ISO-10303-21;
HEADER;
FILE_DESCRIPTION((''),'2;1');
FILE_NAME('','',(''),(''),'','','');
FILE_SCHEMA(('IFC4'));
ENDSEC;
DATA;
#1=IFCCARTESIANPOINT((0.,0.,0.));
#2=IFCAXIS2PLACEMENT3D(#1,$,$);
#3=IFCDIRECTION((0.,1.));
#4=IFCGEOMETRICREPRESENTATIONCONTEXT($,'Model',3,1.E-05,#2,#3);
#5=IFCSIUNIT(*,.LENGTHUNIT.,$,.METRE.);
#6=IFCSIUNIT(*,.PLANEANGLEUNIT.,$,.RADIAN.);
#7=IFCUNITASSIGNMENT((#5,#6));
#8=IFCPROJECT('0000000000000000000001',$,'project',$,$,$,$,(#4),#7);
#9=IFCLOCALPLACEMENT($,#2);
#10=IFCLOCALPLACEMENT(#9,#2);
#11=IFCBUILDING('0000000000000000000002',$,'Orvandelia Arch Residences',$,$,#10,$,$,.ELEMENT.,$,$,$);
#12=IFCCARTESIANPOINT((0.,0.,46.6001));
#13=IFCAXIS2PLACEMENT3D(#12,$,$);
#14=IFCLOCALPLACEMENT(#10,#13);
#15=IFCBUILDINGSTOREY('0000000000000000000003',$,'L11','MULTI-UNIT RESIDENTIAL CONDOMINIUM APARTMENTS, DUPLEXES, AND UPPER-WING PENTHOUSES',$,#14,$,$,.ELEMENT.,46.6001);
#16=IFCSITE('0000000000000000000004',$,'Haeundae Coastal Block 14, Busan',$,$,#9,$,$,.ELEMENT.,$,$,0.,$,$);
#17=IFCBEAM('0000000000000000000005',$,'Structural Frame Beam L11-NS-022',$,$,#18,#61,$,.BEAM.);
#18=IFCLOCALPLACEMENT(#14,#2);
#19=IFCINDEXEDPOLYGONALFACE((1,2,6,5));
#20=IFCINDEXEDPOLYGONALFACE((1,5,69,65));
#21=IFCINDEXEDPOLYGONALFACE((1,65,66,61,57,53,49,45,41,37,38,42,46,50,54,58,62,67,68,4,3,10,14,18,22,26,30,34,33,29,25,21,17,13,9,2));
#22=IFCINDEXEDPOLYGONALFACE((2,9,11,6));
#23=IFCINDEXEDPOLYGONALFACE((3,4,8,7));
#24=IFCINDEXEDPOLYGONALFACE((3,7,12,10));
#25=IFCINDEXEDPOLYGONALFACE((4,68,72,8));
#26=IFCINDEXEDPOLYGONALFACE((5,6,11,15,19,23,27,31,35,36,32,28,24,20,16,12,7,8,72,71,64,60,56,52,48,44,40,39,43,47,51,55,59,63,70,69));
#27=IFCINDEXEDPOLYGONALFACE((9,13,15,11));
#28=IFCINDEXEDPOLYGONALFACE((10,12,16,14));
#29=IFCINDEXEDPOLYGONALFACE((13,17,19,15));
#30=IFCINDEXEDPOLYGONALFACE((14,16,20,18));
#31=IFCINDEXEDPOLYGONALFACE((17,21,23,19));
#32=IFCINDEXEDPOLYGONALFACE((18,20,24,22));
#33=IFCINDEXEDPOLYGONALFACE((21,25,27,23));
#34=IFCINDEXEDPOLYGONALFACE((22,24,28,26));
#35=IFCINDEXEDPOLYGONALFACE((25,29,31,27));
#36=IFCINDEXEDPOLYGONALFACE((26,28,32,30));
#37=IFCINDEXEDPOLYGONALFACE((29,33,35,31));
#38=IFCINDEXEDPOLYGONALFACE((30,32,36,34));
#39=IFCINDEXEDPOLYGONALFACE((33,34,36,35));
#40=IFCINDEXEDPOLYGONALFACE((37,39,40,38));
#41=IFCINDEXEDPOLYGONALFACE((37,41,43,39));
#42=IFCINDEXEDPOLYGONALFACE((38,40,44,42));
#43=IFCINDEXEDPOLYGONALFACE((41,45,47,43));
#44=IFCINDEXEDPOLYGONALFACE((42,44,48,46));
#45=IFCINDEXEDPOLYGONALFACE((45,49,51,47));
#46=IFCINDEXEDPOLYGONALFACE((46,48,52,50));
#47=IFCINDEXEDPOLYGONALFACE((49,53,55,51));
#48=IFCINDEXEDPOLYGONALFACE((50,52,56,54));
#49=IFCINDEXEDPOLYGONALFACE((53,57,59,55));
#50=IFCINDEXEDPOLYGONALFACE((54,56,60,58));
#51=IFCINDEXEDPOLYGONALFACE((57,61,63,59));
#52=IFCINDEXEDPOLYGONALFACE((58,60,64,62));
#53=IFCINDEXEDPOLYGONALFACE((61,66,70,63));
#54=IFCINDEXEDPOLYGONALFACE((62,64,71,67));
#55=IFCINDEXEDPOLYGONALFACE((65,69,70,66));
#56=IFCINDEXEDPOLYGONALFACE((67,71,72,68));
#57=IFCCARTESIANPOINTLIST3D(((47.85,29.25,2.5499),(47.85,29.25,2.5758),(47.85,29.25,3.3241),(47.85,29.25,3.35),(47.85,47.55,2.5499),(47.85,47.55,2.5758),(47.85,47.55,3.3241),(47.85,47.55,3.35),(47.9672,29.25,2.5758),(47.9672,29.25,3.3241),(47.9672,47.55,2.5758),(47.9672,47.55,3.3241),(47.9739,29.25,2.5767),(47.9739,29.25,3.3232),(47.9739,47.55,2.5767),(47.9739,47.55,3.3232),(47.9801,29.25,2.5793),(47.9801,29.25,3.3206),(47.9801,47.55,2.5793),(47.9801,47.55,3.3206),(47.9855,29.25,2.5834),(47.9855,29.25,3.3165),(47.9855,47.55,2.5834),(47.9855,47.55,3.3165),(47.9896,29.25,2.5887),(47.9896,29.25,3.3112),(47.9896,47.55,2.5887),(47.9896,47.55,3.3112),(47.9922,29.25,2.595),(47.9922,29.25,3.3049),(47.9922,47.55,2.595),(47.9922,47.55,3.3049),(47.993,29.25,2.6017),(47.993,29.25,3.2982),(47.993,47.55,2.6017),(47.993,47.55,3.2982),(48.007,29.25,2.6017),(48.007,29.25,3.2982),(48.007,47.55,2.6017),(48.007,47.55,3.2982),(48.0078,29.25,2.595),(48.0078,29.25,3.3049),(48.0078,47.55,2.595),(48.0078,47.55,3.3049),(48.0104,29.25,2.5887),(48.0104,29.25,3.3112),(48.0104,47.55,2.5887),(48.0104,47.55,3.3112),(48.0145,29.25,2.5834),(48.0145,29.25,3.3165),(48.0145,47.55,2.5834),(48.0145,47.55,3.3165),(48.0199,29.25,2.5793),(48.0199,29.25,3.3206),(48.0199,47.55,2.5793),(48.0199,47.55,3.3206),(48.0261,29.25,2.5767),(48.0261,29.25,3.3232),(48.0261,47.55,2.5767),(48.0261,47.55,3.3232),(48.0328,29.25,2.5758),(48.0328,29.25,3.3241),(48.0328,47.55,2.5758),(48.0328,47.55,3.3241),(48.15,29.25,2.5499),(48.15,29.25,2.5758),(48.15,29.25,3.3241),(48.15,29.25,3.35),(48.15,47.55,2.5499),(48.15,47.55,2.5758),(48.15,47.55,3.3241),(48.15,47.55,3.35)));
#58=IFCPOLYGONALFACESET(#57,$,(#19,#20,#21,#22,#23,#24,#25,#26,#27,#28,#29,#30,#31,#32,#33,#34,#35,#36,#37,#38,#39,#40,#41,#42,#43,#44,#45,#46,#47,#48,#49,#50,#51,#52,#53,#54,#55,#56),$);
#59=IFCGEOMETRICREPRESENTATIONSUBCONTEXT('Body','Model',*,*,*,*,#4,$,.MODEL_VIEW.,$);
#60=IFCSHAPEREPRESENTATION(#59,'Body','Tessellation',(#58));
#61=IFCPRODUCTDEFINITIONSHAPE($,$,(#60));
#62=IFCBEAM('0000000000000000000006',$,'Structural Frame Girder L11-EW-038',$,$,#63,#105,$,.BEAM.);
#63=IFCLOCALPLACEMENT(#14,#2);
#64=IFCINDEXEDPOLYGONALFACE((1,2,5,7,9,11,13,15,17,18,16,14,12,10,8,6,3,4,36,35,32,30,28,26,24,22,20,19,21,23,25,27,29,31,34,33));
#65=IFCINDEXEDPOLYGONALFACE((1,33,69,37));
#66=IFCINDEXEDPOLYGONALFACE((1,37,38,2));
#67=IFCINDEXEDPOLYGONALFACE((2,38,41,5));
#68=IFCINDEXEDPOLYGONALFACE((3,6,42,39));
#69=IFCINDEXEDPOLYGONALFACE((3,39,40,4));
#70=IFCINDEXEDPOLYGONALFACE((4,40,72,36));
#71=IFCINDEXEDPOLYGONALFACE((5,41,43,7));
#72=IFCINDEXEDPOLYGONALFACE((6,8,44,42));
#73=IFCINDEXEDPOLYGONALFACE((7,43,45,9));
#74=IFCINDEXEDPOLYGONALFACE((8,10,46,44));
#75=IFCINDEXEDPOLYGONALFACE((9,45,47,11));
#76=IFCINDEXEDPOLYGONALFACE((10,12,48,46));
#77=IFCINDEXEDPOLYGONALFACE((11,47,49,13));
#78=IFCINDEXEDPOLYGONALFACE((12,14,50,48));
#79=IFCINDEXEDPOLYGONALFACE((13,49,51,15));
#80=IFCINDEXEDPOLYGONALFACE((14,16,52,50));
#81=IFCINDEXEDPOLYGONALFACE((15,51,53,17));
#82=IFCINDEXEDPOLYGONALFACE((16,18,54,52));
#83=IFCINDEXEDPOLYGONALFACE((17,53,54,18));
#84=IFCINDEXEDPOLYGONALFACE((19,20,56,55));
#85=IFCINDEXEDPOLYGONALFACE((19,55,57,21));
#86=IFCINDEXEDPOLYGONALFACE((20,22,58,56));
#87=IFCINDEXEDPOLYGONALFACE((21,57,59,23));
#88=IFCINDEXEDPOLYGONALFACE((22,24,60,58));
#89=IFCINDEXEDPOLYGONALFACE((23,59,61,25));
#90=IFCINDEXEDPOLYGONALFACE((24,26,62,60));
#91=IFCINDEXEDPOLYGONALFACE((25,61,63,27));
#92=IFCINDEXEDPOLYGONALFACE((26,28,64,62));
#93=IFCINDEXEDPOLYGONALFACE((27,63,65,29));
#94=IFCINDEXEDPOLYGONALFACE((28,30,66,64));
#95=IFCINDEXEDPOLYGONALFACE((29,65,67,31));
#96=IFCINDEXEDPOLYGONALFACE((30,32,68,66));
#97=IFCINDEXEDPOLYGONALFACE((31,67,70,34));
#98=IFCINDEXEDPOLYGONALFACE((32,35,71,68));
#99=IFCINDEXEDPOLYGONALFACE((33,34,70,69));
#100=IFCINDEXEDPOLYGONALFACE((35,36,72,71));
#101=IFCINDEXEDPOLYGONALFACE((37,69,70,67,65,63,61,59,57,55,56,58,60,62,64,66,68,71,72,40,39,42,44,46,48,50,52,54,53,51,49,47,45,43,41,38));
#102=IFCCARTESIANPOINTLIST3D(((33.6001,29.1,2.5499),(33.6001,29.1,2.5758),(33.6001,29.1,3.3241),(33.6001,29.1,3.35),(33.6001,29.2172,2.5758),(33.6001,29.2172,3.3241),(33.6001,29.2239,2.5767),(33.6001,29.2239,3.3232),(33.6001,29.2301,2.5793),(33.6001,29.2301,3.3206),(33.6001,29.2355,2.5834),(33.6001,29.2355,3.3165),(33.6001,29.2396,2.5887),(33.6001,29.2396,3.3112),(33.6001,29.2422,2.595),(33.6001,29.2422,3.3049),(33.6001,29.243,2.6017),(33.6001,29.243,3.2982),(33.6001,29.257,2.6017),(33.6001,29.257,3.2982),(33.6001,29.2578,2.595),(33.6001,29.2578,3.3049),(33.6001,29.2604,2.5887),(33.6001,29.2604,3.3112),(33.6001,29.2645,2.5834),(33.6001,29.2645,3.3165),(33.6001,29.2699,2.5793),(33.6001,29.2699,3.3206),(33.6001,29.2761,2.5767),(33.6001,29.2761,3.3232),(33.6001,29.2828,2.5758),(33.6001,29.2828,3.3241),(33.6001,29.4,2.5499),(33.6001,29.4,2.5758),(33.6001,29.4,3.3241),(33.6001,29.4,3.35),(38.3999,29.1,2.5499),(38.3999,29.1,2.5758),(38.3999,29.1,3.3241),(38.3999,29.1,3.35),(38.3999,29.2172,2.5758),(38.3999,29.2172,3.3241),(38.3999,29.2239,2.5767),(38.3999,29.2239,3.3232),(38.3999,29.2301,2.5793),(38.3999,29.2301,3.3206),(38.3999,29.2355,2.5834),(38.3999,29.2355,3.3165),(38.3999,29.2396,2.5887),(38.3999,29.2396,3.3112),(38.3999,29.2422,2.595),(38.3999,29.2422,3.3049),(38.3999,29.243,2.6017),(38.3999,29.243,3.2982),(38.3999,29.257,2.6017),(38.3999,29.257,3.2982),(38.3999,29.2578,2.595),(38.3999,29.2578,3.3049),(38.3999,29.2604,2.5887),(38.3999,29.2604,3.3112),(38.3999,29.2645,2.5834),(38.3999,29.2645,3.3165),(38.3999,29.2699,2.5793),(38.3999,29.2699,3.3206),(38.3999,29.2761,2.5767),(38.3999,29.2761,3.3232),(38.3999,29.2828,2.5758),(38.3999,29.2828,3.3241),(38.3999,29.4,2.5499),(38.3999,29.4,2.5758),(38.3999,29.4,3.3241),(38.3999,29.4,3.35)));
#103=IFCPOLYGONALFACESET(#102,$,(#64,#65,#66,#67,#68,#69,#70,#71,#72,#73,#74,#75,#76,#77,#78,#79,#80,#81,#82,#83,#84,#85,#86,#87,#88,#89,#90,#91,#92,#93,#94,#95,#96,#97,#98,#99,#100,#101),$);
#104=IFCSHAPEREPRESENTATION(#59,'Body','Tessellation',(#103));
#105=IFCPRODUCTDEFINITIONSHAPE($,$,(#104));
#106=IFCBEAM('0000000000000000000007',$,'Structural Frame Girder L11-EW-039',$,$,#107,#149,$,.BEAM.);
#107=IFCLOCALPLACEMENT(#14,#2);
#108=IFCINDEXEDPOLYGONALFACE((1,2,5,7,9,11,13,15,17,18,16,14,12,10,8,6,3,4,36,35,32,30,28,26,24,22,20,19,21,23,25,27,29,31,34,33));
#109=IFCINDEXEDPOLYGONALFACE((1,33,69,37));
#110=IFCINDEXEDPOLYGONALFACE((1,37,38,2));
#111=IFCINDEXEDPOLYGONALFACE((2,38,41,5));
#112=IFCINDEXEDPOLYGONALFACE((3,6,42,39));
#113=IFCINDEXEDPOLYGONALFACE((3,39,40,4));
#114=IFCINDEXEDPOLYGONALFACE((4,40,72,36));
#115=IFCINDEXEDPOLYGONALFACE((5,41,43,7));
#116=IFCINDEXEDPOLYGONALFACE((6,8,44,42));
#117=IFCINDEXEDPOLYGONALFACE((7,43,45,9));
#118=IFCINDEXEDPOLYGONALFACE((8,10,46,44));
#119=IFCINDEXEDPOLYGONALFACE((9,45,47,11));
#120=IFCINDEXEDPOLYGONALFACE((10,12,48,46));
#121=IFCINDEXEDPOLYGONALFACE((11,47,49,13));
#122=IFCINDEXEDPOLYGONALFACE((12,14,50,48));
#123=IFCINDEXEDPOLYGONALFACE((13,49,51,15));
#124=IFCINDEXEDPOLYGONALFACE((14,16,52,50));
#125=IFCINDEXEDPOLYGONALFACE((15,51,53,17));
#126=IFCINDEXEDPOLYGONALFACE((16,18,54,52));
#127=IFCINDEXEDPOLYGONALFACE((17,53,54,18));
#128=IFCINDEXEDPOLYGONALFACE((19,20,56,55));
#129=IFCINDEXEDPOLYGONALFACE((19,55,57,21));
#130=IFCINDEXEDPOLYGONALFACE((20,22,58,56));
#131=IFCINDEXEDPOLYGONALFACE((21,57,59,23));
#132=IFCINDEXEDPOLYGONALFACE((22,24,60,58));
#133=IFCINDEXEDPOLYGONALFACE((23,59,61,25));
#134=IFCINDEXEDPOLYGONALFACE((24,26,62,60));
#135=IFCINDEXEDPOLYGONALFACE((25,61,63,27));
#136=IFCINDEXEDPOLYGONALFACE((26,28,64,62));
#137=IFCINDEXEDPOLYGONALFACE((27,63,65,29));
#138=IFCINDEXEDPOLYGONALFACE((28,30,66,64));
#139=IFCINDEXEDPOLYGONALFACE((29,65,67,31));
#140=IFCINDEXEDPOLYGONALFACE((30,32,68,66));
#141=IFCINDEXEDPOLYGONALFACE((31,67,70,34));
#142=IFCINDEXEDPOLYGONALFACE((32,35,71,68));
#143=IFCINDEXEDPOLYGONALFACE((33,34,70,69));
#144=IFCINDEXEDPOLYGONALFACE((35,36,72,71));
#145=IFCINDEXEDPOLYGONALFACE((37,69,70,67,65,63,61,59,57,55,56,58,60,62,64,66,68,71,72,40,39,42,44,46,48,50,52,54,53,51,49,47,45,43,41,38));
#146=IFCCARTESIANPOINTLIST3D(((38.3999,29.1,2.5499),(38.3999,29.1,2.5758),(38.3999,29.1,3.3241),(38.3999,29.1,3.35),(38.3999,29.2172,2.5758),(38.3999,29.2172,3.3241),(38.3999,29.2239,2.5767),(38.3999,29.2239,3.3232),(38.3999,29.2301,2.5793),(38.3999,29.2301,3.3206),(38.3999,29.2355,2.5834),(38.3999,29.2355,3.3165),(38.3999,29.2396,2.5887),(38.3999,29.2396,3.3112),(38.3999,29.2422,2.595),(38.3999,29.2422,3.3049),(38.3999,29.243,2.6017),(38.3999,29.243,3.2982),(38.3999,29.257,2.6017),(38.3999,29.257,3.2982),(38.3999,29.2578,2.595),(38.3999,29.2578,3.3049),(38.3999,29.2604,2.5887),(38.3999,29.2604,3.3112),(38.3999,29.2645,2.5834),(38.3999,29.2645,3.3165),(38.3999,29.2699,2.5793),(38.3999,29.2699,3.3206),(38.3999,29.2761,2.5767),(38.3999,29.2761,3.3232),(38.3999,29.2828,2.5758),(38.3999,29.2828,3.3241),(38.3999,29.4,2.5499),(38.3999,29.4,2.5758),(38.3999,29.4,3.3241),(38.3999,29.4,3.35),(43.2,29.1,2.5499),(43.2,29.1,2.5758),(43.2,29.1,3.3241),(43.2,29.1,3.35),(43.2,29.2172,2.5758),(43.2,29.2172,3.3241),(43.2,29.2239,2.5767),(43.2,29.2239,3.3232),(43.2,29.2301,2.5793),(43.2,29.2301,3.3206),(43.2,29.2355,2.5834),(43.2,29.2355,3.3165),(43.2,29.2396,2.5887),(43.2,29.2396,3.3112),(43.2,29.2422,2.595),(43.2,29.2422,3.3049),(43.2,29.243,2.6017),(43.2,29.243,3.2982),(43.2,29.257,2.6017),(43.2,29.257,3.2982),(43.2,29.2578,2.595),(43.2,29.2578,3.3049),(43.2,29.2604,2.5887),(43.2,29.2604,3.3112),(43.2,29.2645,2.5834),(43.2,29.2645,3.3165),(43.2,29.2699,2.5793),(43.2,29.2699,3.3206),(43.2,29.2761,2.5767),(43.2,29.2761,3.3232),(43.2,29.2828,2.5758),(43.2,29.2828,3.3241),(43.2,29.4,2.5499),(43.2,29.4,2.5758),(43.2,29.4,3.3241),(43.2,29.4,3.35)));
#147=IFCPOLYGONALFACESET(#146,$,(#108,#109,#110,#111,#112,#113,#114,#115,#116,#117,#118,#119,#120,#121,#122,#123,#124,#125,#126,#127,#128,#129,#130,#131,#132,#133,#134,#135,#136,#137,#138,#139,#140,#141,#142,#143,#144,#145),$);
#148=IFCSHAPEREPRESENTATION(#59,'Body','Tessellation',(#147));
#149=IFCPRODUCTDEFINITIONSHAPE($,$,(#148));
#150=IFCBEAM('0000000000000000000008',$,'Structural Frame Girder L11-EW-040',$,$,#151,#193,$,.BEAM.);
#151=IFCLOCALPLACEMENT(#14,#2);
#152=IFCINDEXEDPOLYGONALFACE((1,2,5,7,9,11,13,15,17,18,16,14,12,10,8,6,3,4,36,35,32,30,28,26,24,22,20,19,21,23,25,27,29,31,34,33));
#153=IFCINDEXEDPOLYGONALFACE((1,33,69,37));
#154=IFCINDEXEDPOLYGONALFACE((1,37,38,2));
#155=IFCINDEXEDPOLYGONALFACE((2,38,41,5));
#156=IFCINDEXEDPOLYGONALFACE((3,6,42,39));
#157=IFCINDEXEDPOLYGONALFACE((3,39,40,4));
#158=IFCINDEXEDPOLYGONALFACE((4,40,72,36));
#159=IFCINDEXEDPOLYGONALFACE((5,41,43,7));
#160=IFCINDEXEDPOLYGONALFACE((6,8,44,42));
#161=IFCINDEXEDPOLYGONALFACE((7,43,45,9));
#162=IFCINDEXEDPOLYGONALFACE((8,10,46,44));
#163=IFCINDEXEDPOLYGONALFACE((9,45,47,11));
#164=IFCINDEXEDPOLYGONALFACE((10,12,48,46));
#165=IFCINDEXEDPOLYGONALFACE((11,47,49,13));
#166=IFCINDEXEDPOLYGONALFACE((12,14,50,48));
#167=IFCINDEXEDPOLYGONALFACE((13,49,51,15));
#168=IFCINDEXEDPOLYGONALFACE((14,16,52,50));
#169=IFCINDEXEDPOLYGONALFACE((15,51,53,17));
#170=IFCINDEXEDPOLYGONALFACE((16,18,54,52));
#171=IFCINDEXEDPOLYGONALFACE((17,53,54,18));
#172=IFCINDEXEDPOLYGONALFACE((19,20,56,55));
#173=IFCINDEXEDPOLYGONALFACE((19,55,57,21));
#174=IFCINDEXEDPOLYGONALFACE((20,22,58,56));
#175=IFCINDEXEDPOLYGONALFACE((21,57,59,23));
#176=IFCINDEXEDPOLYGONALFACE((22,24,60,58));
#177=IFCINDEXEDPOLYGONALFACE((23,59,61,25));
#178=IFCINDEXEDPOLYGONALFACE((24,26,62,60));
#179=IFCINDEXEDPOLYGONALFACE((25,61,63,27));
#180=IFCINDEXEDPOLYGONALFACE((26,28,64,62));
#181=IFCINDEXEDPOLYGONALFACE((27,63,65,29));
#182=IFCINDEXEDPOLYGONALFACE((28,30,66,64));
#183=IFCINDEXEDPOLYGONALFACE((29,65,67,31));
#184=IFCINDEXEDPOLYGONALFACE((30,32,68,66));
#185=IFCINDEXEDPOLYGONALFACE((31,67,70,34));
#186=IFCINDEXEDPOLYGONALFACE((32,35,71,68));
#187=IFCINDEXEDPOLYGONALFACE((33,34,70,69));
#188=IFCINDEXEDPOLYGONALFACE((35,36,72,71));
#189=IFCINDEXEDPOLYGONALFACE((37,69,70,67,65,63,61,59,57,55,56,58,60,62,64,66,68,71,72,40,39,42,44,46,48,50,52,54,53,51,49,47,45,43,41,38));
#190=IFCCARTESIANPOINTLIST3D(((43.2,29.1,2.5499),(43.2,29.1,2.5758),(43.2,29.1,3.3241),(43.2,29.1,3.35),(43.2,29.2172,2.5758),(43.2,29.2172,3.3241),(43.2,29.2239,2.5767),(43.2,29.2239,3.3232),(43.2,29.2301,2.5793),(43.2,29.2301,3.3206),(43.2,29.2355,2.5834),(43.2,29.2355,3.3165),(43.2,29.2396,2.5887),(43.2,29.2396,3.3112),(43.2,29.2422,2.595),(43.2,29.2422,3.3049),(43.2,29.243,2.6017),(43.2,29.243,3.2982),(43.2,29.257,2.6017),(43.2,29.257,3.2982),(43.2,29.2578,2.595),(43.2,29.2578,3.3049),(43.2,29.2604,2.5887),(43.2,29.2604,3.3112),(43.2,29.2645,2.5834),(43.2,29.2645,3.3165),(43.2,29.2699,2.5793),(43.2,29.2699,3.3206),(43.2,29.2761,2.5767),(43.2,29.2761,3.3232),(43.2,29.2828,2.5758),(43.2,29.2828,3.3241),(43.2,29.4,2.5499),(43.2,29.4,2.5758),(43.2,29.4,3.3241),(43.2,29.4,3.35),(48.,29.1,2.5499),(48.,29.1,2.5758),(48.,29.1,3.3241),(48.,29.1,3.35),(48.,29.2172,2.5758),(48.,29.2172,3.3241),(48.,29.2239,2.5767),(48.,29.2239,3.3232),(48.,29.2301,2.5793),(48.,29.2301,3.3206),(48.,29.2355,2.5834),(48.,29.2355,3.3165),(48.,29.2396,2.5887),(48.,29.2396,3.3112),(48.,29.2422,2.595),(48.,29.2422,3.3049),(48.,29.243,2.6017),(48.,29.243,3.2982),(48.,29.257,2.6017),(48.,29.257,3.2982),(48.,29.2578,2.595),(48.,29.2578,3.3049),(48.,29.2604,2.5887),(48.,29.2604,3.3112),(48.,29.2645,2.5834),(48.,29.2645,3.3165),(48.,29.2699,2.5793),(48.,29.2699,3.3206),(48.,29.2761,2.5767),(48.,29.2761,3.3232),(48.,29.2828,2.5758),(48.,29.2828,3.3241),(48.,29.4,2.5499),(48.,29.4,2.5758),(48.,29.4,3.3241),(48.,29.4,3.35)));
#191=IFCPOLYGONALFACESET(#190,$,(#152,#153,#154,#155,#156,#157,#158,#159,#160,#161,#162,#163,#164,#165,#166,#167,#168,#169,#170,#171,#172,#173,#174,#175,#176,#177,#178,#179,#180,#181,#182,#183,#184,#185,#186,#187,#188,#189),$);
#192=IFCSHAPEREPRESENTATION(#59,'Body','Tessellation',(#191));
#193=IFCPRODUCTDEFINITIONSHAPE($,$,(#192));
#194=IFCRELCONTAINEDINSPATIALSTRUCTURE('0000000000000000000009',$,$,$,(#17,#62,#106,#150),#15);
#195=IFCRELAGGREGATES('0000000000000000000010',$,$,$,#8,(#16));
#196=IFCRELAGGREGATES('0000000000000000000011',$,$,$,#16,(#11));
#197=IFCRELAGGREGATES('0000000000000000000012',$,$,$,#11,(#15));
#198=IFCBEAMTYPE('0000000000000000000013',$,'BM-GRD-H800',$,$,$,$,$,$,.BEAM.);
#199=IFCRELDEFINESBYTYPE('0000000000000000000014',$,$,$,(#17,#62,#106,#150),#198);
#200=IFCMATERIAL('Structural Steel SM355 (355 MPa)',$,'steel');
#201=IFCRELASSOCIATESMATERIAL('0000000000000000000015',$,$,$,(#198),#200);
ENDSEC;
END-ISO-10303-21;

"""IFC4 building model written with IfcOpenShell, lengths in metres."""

from ifc_helpers import new_model, si_unit, direction, frame, origin, origin_2d, place, context, subcontext, project, spatial, i_section, extrude, material, material_profile, profile_set, type_object, element, save


model = new_model("IFC4")

# Units and contexts
model_context = context("Model", 3, precision=1e-05, world=origin(), true_north=direction((0.0, 1.0)))
body_context = subcontext(model_context, "Body", "Model", "MODEL_VIEW")
ifc_project = project(units=[si_unit("LENGTHUNIT", "METRE"), si_unit("PLANEANGLEUNIT", "RADIAN")], contexts=[model_context])

# Site, building, storey
site_placement = place(None, origin())
site = spatial("IfcSite", under=ifc_project, at=site_placement, Name="Haeundae Coastal Block 14, Busan", CompositionType="ELEMENT", RefElevation=0.0)
building_placement = place(site_placement, origin())
building = spatial("IfcBuilding", under=site, at=building_placement, Name="Orvandelia Arch Residences", CompositionType="ELEMENT")
storey_placement = place(building_placement, frame((0.0, 0.0, 46.6001)))
storey = spatial("IfcBuildingStorey", under=building, at=storey_placement, Name="L11", Description="MULTI-UNIT RESIDENTIAL CONDOMINIUM APARTMENTS, DUPLEXES, AND UPPER-WING PENTHOUSES", CompositionType="ELEMENT", Elevation=46.6001)

# Beams
ifc_material_1 = material(Name="Structural Steel SM355 (355 MPa)", Category="steel")
ifc_material_profile_1 = material_profile(ifc_material_1, i_section(OverallWidth=0.3, OverallDepth=0.8, WebThickness=0.0139, FlangeThickness=0.0259, FilletRadius=0.0259, at=origin_2d()), Name="Structural Steel SM355 (355 MPa)", Category="steel")
ifc_profile_set_1 = profile_set([ifc_material_profile_1], Name="Structural Steel SM355 (355 MPa)")
beam_type = type_object("IfcBeamType", Name="BM-GRD-H800", PredefinedType="BEAM", material=ifc_profile_set_1)
for number, where, z_axis, x_axis, name in (
    (1, (48.0, 29.25, 2.95), (0.0, 1.0, 0.0), (-1.0, 0.0, 0.0), "Structural Frame Beam L11-NS-022"),
):
    element("IfcBeam", number, at=place(storey_placement, frame(where, z_axis=z_axis, x_axis=x_axis)), inside=storey, type_object=beam_type, Name=name, PredefinedType="BEAM", context=body_context, shape_type="SweptSolid", body=[
        extrude(i_section(OverallWidth=0.3, OverallDepth=0.8, WebThickness=0.0139, FlangeThickness=0.0259, FilletRadius=0.0259, at=origin_2d()), origin(), (0.0, 0.0, 1.0), 18.3),
    ])
beam_1_placement = place(storey_placement, frame((33.6001, 29.25, 2.95), z_axis=(1.0, 0.0, 0.0), x_axis=(0.0, 1.0, 0.0)))
element("IfcBeam", 2, at=beam_1_placement, inside=storey, type_object=beam_type, Name="Structural Frame Girder L11-EW-038", PredefinedType="BEAM", context=body_context, shape_type="SweptSolid", body=[
    extrude(i_section(OverallWidth=0.3, OverallDepth=0.8, WebThickness=0.0139, FlangeThickness=0.0259, FilletRadius=0.0259, at=origin_2d()), origin(), (0.0, 0.0, 1.0), 4.7998),
])
for number, where, z_axis, x_axis, name in (
    (3, (38.3999, 29.25, 2.95), (1.0, 0.0, 0.0), (0.0, 1.0, 0.0), "Structural Frame Girder L11-EW-039"),
    (4, (43.2, 29.25, 2.95), (1.0, 0.0, 0.0), (0.0, 1.0, 0.0), "Structural Frame Girder L11-EW-040"),
):
    element("IfcBeam", number, at=place(storey_placement, frame(where, z_axis=z_axis, x_axis=x_axis)), inside=storey, type_object=beam_type, Name=name, PredefinedType="BEAM", context=body_context, shape_type="SweptSolid", body=[
        extrude(i_section(OverallWidth=0.3, OverallDepth=0.8, WebThickness=0.0139, FlangeThickness=0.0259, FilletRadius=0.0259, at=origin_2d()), origin(), (0.0, 0.0, 1.0), 4.8),
    ])

save(model, "model.ifc")
